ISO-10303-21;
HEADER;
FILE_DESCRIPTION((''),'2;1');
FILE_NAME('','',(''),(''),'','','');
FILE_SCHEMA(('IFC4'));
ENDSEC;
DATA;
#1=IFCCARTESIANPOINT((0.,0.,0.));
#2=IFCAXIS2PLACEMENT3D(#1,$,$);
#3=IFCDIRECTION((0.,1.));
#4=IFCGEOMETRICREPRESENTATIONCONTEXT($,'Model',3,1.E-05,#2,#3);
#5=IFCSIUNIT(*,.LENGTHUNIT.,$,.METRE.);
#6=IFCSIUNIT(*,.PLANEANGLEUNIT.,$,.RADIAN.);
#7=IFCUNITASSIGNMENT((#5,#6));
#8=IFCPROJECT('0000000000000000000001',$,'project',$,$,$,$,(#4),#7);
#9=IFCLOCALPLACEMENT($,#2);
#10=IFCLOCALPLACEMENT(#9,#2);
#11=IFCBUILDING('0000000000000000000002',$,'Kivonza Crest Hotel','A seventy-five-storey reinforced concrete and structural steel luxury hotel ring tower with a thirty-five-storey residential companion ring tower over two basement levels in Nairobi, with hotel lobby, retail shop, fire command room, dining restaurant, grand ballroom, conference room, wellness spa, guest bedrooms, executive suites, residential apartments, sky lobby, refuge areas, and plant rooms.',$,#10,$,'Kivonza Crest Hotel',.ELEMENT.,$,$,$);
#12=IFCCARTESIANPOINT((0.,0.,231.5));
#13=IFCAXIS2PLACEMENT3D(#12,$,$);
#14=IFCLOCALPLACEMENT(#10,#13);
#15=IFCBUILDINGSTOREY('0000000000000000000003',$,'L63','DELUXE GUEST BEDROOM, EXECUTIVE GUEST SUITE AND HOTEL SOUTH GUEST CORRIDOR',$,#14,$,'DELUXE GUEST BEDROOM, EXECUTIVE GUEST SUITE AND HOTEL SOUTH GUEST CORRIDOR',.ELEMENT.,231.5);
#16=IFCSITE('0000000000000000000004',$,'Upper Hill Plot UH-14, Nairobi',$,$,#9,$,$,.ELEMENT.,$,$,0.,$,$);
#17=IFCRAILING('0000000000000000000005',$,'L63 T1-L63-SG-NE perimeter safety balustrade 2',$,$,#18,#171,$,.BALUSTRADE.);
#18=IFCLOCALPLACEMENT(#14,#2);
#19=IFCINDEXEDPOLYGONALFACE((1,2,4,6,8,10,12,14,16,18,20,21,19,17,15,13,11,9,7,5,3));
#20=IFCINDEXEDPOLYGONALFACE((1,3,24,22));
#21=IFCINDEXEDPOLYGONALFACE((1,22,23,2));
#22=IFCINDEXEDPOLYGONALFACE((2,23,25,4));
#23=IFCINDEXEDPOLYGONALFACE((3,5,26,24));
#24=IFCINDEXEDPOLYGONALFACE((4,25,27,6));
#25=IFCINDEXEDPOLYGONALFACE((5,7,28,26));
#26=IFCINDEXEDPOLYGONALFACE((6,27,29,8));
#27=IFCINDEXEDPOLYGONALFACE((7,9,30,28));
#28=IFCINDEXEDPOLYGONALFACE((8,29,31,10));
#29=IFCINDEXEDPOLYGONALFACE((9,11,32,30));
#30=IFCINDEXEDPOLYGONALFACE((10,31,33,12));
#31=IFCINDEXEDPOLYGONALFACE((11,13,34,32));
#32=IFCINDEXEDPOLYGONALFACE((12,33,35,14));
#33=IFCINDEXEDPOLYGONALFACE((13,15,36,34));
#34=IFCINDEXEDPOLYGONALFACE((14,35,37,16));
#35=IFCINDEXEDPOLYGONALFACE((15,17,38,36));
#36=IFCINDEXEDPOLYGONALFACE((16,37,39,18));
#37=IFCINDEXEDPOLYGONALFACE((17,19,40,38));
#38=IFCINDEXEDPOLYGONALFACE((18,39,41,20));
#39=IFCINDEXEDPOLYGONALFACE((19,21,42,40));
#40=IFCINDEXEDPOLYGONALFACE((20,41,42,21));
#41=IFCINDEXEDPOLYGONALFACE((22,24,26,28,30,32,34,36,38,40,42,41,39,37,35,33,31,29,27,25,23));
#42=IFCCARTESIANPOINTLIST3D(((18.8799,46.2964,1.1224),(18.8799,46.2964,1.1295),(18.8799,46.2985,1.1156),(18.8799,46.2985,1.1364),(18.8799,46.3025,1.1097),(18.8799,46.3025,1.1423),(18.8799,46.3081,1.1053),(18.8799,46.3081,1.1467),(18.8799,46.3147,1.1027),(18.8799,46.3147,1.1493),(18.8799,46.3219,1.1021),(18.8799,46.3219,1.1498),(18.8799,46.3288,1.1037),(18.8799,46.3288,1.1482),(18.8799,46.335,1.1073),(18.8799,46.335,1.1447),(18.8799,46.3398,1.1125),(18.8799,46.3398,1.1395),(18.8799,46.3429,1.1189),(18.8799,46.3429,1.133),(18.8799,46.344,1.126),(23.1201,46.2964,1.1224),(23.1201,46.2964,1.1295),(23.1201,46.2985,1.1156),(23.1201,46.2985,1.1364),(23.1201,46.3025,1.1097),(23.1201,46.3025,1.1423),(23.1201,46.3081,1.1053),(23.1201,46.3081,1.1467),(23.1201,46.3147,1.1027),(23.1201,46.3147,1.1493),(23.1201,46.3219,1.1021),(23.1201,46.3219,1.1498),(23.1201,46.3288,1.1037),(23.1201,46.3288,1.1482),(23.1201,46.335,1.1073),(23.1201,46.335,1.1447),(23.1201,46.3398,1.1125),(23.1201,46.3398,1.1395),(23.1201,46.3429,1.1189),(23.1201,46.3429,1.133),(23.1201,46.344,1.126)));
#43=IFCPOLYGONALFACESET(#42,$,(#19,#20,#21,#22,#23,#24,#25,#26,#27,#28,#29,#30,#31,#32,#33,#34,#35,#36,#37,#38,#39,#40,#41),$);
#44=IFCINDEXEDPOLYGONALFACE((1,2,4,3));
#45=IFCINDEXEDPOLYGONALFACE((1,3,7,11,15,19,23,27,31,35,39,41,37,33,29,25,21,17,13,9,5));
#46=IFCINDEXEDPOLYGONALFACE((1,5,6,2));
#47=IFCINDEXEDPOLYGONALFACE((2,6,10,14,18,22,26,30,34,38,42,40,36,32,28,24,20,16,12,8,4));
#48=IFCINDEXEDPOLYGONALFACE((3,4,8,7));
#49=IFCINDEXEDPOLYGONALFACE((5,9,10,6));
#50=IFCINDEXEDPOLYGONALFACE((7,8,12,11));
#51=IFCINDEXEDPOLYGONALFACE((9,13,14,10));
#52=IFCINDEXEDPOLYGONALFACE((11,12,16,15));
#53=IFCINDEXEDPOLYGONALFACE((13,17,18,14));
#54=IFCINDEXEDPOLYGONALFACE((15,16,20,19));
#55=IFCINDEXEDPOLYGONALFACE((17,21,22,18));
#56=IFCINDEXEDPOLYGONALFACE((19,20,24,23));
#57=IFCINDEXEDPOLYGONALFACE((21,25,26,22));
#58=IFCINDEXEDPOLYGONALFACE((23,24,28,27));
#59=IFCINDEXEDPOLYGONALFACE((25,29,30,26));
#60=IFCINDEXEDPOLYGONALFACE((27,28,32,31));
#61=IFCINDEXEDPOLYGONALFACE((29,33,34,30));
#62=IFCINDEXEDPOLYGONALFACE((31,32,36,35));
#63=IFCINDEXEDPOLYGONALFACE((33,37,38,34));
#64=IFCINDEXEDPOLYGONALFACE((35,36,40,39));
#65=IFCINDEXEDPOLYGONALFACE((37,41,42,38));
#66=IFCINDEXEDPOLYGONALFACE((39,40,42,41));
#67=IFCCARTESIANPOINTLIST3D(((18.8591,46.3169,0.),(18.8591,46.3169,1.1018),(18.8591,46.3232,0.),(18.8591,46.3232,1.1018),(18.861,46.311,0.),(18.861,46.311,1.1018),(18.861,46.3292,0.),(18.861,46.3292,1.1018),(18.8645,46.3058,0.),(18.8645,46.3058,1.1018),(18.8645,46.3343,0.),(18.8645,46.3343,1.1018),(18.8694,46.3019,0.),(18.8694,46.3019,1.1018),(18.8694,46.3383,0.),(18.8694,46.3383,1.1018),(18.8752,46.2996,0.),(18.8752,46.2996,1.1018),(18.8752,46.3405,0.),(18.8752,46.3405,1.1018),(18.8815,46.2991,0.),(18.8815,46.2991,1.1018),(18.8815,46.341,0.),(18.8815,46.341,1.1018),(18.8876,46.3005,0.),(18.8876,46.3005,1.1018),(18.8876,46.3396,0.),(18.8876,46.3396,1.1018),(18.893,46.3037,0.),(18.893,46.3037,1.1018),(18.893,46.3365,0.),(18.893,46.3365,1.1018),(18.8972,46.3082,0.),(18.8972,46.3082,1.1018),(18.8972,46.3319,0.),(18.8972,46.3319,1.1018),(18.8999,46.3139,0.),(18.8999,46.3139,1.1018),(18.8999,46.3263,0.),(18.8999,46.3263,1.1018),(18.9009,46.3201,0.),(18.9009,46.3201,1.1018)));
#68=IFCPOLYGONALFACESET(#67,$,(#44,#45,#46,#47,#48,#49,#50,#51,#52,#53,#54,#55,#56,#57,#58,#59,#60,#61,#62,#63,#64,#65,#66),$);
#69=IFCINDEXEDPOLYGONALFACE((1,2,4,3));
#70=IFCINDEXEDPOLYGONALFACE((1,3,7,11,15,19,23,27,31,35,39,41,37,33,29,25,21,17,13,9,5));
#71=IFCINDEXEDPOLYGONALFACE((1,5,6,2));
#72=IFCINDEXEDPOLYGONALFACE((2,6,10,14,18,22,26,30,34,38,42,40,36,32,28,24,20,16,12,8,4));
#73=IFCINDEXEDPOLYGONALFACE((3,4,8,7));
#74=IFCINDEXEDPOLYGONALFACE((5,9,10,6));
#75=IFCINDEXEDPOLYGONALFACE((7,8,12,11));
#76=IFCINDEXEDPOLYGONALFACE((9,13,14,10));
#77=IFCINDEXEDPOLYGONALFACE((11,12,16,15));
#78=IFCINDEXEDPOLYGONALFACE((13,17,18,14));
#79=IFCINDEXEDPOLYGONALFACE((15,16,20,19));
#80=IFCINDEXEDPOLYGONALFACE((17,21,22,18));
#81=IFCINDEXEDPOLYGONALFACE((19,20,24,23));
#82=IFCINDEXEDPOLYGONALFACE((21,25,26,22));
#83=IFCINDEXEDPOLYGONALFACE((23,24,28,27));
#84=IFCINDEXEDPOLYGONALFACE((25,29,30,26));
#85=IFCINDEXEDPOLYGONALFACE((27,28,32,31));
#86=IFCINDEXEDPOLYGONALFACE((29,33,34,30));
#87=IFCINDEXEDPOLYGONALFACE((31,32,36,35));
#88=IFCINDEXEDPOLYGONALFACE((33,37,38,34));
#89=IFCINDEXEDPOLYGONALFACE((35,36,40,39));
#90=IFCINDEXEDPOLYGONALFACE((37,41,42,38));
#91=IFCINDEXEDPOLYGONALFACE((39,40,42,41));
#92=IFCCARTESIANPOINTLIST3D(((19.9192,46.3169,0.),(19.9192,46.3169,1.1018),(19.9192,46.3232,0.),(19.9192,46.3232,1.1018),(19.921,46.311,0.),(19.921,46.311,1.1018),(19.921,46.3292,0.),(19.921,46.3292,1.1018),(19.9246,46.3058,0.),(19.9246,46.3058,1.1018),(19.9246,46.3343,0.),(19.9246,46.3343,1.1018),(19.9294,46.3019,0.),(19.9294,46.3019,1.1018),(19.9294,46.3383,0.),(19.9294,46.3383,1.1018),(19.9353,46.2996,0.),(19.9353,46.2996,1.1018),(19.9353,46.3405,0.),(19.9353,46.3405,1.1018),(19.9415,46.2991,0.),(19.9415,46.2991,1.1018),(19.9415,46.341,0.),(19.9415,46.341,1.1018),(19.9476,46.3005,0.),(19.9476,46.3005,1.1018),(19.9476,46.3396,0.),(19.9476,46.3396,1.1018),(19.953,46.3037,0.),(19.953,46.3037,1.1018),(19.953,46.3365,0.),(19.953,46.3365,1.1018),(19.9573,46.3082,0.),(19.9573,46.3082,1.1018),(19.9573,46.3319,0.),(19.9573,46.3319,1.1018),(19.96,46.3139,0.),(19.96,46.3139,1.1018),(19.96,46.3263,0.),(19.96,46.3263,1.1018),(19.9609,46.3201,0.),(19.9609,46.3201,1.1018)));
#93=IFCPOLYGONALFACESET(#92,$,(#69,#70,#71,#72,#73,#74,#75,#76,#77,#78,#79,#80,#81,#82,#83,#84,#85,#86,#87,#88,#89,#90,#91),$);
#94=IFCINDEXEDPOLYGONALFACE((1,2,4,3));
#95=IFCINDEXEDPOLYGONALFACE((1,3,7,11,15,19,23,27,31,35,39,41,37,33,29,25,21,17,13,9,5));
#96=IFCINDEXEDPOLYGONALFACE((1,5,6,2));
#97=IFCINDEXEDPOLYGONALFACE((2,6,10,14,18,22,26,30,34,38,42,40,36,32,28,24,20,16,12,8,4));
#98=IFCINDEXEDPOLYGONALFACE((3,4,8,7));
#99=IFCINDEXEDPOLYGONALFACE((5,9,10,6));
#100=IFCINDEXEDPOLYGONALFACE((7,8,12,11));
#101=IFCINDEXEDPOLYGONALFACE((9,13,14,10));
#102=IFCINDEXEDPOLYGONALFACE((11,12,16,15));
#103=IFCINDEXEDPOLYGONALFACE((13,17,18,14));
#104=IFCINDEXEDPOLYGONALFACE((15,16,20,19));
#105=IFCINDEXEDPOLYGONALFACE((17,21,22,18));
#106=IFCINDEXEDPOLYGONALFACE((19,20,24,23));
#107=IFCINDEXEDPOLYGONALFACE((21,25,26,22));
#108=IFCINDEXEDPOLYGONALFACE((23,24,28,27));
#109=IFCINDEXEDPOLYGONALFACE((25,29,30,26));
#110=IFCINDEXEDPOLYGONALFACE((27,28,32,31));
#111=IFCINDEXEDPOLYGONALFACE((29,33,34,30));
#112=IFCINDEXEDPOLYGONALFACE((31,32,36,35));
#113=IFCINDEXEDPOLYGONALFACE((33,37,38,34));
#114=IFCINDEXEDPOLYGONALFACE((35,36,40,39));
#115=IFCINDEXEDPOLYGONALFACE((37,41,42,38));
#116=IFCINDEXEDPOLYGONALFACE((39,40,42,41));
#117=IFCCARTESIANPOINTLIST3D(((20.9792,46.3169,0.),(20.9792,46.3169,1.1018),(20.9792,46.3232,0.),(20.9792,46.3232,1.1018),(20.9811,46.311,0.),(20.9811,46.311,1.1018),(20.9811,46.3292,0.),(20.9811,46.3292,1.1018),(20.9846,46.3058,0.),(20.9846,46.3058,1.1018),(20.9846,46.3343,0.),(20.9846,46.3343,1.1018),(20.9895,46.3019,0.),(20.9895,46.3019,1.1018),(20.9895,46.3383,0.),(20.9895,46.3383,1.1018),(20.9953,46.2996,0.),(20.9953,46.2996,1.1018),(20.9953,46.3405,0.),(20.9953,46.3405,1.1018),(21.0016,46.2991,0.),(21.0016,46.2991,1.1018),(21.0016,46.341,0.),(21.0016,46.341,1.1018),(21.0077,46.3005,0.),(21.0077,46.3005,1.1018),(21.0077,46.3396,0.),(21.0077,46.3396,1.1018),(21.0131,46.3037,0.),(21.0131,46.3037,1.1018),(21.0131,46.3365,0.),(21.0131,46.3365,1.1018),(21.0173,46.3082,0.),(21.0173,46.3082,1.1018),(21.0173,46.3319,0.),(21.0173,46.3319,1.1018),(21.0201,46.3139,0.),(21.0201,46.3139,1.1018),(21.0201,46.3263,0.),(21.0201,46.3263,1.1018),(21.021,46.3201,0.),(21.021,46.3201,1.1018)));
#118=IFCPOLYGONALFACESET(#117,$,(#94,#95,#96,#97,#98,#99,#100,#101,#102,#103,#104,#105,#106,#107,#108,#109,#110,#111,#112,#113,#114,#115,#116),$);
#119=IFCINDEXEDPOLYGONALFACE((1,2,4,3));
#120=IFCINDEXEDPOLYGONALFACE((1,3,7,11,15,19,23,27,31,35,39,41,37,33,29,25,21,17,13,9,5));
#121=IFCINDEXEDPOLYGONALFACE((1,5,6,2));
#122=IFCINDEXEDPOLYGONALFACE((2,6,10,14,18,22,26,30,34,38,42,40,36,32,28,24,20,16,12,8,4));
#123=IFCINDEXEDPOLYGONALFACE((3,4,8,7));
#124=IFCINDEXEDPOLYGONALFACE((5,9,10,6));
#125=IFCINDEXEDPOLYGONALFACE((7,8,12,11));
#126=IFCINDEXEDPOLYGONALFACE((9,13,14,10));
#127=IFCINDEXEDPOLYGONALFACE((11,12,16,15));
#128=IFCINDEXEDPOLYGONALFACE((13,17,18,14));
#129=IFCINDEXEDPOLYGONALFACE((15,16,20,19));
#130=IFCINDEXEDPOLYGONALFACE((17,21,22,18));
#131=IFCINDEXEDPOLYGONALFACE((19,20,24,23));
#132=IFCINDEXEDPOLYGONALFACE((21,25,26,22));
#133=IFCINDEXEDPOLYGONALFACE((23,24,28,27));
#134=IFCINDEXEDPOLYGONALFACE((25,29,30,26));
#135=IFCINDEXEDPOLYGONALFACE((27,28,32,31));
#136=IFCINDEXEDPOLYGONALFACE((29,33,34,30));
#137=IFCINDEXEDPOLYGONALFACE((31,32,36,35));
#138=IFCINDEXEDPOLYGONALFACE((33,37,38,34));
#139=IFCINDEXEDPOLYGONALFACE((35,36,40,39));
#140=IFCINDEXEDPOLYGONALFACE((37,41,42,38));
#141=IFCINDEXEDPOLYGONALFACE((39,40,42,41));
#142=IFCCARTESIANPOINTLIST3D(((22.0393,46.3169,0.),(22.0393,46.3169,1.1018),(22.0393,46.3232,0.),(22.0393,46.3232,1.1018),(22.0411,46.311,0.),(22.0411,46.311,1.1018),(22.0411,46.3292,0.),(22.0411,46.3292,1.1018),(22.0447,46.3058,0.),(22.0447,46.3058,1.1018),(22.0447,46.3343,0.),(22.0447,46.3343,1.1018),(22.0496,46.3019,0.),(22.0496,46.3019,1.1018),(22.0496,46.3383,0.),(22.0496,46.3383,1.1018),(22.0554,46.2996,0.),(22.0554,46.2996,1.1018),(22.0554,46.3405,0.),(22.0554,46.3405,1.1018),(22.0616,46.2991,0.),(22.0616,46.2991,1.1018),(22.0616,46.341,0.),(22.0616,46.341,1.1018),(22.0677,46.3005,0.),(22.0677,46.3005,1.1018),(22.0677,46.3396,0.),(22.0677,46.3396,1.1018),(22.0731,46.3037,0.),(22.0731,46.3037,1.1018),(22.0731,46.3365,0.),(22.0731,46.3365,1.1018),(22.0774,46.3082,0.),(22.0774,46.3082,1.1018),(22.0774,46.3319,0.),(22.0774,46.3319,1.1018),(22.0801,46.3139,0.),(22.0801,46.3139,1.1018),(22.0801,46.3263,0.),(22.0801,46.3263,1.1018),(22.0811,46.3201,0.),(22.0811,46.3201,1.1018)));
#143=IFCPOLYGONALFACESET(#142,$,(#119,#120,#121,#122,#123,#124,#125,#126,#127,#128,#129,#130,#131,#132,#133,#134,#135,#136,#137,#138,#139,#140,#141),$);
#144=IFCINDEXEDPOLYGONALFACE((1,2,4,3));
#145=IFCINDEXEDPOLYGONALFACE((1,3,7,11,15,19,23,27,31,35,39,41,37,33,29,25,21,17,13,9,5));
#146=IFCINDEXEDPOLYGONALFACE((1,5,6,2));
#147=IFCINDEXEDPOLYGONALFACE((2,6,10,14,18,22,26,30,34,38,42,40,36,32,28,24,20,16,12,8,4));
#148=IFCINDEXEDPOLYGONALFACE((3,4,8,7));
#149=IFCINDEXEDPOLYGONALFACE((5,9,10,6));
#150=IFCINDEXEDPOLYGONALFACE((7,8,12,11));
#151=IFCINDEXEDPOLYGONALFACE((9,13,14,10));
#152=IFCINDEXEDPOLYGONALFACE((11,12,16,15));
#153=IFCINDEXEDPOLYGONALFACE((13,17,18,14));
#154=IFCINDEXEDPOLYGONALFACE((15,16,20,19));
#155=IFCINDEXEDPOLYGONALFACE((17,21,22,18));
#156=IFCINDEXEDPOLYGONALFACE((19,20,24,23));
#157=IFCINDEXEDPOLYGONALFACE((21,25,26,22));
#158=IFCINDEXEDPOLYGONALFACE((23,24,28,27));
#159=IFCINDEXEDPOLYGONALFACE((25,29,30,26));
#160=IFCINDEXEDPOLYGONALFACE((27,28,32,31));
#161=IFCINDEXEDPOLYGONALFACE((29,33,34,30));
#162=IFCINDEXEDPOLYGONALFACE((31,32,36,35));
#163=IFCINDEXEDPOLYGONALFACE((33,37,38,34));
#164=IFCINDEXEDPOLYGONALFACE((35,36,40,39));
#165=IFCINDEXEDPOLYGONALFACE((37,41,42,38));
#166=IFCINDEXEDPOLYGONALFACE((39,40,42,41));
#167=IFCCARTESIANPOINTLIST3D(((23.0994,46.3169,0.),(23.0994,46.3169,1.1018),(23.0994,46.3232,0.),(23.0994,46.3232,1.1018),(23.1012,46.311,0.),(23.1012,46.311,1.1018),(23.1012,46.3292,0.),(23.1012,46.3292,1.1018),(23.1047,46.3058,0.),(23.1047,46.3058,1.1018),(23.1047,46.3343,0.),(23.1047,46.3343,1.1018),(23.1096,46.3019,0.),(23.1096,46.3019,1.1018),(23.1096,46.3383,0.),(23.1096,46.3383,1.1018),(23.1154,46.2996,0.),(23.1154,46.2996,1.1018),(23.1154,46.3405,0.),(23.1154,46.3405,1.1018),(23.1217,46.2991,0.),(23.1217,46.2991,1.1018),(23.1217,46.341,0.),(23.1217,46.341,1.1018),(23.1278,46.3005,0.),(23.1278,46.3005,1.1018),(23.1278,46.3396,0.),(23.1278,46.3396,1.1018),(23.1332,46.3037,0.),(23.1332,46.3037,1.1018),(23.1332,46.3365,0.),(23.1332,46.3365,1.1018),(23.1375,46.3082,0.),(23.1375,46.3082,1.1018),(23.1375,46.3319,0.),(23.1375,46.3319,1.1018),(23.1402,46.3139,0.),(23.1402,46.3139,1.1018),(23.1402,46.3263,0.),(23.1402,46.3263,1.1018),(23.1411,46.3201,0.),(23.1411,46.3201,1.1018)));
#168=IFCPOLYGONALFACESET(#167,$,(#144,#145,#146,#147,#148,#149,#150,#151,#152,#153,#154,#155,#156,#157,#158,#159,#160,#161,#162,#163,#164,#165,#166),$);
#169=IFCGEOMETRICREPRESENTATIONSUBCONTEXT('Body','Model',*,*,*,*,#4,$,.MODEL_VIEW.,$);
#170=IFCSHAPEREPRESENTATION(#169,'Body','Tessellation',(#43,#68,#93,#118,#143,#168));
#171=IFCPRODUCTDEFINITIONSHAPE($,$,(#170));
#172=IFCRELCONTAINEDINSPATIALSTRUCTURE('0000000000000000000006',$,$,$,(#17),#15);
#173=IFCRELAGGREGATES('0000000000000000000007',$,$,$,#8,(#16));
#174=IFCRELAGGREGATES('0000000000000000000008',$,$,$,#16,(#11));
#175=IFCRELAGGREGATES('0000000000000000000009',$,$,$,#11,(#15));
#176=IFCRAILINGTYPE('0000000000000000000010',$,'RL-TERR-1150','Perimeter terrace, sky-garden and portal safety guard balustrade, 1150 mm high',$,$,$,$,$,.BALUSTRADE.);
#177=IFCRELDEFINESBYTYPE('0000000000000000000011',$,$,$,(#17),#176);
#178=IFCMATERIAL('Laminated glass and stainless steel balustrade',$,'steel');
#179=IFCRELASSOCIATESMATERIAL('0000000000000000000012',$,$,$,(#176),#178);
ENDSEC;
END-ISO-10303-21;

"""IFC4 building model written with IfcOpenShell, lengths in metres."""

from ifc_helpers import new_model, si_unit, direction, frame, origin, origin_2d, place, context, subcontext, project, spatial, circle, extrude, material, type_object, element, save


model = new_model("IFC4")

# Units and contexts
model_context = context("Model", 3, precision=1e-05, world=origin(), true_north=direction((0.0, 1.0)))
body_context = subcontext(model_context, "Body", "Model", "MODEL_VIEW")
ifc_project = project(units=[si_unit("LENGTHUNIT", "METRE"), si_unit("PLANEANGLEUNIT", "RADIAN")], contexts=[model_context])

# Site, building, storey
site_placement = place(None, origin())
site = spatial("IfcSite", under=ifc_project, at=site_placement, Name="Upper Hill Plot UH-14, Nairobi", CompositionType="ELEMENT", RefElevation=0.0)
building_placement = place(site_placement, origin())
building = spatial("IfcBuilding", under=site, at=building_placement, Name="Kivonza Crest Hotel", Description="A seventy-five-storey reinforced concrete and structural steel luxury hotel ring tower with a thirty-five-storey residential companion ring tower over two basement levels in Nairobi, with hotel lobby, retail shop, fire command room, dining restaurant, grand ballroom, conference room, wellness spa, guest bedrooms, executive suites, residential apartments, sky lobby, refuge areas, and plant rooms.", LongName="Kivonza Crest Hotel", CompositionType="ELEMENT")
storey_placement = place(building_placement, frame((0.0, 0.0, 231.5)))
storey = spatial("IfcBuildingStorey", under=building, at=storey_placement, Name="L63", Description="DELUXE GUEST BEDROOM, EXECUTIVE GUEST SUITE AND HOTEL SOUTH GUEST CORRIDOR", LongName="DELUXE GUEST BEDROOM, EXECUTIVE GUEST SUITE AND HOTEL SOUTH GUEST CORRIDOR", CompositionType="ELEMENT", Elevation=231.5)

# Railing
ifc_material_1 = material(Name="Laminated glass and stainless steel balustrade", Category="steel")
railing_type = type_object("IfcRailingType", Name="RL-TERR-1150", Description="Perimeter terrace, sky-garden and portal safety guard balustrade, 1150 mm high", PredefinedType="BALUSTRADE", material=ifc_material_1)
railing_1_placement = place(storey_placement, frame((18.8799, 46.3201, 0.0)))
element("IfcRailing", 1, at=railing_1_placement, inside=storey, type_object=railing_type, Name="L63 T1-L63-SG-NE perimeter safety balustrade 2", PredefinedType="BALUSTRADE", context=body_context, shape_type="SweptSolid", body=[
    extrude(circle(Radius=0.0239, at=origin_2d()), frame((0.0, 0.0, 1.126), z_axis=(1.0, 0.0, 0.0), x_axis=(0.0, 1.0, 0.0)), (0.0, 0.0, 1.0), 4.2402),
    extrude(circle(Radius=0.021, at=origin_2d()), origin(), (0.0, 0.0, 1.0), 1.1018),
    extrude(circle(Radius=0.021, at=origin_2d()), frame((1.0601, 0.0, 0.0)), (0.0, 0.0, 1.0), 1.1018),
    extrude(circle(Radius=0.021, at=origin_2d()), frame((2.1201, 0.0, 0.0)), (0.0, 0.0, 1.0), 1.1018),
    extrude(circle(Radius=0.021, at=origin_2d()), frame((3.1802, 0.0, 0.0)), (0.0, 0.0, 1.0), 1.1018),
    extrude(circle(Radius=0.021, at=origin_2d()), frame((4.2402, 0.0, 0.0)), (0.0, 0.0, 1.0), 1.1018),
])

save(model, "model.ifc")
